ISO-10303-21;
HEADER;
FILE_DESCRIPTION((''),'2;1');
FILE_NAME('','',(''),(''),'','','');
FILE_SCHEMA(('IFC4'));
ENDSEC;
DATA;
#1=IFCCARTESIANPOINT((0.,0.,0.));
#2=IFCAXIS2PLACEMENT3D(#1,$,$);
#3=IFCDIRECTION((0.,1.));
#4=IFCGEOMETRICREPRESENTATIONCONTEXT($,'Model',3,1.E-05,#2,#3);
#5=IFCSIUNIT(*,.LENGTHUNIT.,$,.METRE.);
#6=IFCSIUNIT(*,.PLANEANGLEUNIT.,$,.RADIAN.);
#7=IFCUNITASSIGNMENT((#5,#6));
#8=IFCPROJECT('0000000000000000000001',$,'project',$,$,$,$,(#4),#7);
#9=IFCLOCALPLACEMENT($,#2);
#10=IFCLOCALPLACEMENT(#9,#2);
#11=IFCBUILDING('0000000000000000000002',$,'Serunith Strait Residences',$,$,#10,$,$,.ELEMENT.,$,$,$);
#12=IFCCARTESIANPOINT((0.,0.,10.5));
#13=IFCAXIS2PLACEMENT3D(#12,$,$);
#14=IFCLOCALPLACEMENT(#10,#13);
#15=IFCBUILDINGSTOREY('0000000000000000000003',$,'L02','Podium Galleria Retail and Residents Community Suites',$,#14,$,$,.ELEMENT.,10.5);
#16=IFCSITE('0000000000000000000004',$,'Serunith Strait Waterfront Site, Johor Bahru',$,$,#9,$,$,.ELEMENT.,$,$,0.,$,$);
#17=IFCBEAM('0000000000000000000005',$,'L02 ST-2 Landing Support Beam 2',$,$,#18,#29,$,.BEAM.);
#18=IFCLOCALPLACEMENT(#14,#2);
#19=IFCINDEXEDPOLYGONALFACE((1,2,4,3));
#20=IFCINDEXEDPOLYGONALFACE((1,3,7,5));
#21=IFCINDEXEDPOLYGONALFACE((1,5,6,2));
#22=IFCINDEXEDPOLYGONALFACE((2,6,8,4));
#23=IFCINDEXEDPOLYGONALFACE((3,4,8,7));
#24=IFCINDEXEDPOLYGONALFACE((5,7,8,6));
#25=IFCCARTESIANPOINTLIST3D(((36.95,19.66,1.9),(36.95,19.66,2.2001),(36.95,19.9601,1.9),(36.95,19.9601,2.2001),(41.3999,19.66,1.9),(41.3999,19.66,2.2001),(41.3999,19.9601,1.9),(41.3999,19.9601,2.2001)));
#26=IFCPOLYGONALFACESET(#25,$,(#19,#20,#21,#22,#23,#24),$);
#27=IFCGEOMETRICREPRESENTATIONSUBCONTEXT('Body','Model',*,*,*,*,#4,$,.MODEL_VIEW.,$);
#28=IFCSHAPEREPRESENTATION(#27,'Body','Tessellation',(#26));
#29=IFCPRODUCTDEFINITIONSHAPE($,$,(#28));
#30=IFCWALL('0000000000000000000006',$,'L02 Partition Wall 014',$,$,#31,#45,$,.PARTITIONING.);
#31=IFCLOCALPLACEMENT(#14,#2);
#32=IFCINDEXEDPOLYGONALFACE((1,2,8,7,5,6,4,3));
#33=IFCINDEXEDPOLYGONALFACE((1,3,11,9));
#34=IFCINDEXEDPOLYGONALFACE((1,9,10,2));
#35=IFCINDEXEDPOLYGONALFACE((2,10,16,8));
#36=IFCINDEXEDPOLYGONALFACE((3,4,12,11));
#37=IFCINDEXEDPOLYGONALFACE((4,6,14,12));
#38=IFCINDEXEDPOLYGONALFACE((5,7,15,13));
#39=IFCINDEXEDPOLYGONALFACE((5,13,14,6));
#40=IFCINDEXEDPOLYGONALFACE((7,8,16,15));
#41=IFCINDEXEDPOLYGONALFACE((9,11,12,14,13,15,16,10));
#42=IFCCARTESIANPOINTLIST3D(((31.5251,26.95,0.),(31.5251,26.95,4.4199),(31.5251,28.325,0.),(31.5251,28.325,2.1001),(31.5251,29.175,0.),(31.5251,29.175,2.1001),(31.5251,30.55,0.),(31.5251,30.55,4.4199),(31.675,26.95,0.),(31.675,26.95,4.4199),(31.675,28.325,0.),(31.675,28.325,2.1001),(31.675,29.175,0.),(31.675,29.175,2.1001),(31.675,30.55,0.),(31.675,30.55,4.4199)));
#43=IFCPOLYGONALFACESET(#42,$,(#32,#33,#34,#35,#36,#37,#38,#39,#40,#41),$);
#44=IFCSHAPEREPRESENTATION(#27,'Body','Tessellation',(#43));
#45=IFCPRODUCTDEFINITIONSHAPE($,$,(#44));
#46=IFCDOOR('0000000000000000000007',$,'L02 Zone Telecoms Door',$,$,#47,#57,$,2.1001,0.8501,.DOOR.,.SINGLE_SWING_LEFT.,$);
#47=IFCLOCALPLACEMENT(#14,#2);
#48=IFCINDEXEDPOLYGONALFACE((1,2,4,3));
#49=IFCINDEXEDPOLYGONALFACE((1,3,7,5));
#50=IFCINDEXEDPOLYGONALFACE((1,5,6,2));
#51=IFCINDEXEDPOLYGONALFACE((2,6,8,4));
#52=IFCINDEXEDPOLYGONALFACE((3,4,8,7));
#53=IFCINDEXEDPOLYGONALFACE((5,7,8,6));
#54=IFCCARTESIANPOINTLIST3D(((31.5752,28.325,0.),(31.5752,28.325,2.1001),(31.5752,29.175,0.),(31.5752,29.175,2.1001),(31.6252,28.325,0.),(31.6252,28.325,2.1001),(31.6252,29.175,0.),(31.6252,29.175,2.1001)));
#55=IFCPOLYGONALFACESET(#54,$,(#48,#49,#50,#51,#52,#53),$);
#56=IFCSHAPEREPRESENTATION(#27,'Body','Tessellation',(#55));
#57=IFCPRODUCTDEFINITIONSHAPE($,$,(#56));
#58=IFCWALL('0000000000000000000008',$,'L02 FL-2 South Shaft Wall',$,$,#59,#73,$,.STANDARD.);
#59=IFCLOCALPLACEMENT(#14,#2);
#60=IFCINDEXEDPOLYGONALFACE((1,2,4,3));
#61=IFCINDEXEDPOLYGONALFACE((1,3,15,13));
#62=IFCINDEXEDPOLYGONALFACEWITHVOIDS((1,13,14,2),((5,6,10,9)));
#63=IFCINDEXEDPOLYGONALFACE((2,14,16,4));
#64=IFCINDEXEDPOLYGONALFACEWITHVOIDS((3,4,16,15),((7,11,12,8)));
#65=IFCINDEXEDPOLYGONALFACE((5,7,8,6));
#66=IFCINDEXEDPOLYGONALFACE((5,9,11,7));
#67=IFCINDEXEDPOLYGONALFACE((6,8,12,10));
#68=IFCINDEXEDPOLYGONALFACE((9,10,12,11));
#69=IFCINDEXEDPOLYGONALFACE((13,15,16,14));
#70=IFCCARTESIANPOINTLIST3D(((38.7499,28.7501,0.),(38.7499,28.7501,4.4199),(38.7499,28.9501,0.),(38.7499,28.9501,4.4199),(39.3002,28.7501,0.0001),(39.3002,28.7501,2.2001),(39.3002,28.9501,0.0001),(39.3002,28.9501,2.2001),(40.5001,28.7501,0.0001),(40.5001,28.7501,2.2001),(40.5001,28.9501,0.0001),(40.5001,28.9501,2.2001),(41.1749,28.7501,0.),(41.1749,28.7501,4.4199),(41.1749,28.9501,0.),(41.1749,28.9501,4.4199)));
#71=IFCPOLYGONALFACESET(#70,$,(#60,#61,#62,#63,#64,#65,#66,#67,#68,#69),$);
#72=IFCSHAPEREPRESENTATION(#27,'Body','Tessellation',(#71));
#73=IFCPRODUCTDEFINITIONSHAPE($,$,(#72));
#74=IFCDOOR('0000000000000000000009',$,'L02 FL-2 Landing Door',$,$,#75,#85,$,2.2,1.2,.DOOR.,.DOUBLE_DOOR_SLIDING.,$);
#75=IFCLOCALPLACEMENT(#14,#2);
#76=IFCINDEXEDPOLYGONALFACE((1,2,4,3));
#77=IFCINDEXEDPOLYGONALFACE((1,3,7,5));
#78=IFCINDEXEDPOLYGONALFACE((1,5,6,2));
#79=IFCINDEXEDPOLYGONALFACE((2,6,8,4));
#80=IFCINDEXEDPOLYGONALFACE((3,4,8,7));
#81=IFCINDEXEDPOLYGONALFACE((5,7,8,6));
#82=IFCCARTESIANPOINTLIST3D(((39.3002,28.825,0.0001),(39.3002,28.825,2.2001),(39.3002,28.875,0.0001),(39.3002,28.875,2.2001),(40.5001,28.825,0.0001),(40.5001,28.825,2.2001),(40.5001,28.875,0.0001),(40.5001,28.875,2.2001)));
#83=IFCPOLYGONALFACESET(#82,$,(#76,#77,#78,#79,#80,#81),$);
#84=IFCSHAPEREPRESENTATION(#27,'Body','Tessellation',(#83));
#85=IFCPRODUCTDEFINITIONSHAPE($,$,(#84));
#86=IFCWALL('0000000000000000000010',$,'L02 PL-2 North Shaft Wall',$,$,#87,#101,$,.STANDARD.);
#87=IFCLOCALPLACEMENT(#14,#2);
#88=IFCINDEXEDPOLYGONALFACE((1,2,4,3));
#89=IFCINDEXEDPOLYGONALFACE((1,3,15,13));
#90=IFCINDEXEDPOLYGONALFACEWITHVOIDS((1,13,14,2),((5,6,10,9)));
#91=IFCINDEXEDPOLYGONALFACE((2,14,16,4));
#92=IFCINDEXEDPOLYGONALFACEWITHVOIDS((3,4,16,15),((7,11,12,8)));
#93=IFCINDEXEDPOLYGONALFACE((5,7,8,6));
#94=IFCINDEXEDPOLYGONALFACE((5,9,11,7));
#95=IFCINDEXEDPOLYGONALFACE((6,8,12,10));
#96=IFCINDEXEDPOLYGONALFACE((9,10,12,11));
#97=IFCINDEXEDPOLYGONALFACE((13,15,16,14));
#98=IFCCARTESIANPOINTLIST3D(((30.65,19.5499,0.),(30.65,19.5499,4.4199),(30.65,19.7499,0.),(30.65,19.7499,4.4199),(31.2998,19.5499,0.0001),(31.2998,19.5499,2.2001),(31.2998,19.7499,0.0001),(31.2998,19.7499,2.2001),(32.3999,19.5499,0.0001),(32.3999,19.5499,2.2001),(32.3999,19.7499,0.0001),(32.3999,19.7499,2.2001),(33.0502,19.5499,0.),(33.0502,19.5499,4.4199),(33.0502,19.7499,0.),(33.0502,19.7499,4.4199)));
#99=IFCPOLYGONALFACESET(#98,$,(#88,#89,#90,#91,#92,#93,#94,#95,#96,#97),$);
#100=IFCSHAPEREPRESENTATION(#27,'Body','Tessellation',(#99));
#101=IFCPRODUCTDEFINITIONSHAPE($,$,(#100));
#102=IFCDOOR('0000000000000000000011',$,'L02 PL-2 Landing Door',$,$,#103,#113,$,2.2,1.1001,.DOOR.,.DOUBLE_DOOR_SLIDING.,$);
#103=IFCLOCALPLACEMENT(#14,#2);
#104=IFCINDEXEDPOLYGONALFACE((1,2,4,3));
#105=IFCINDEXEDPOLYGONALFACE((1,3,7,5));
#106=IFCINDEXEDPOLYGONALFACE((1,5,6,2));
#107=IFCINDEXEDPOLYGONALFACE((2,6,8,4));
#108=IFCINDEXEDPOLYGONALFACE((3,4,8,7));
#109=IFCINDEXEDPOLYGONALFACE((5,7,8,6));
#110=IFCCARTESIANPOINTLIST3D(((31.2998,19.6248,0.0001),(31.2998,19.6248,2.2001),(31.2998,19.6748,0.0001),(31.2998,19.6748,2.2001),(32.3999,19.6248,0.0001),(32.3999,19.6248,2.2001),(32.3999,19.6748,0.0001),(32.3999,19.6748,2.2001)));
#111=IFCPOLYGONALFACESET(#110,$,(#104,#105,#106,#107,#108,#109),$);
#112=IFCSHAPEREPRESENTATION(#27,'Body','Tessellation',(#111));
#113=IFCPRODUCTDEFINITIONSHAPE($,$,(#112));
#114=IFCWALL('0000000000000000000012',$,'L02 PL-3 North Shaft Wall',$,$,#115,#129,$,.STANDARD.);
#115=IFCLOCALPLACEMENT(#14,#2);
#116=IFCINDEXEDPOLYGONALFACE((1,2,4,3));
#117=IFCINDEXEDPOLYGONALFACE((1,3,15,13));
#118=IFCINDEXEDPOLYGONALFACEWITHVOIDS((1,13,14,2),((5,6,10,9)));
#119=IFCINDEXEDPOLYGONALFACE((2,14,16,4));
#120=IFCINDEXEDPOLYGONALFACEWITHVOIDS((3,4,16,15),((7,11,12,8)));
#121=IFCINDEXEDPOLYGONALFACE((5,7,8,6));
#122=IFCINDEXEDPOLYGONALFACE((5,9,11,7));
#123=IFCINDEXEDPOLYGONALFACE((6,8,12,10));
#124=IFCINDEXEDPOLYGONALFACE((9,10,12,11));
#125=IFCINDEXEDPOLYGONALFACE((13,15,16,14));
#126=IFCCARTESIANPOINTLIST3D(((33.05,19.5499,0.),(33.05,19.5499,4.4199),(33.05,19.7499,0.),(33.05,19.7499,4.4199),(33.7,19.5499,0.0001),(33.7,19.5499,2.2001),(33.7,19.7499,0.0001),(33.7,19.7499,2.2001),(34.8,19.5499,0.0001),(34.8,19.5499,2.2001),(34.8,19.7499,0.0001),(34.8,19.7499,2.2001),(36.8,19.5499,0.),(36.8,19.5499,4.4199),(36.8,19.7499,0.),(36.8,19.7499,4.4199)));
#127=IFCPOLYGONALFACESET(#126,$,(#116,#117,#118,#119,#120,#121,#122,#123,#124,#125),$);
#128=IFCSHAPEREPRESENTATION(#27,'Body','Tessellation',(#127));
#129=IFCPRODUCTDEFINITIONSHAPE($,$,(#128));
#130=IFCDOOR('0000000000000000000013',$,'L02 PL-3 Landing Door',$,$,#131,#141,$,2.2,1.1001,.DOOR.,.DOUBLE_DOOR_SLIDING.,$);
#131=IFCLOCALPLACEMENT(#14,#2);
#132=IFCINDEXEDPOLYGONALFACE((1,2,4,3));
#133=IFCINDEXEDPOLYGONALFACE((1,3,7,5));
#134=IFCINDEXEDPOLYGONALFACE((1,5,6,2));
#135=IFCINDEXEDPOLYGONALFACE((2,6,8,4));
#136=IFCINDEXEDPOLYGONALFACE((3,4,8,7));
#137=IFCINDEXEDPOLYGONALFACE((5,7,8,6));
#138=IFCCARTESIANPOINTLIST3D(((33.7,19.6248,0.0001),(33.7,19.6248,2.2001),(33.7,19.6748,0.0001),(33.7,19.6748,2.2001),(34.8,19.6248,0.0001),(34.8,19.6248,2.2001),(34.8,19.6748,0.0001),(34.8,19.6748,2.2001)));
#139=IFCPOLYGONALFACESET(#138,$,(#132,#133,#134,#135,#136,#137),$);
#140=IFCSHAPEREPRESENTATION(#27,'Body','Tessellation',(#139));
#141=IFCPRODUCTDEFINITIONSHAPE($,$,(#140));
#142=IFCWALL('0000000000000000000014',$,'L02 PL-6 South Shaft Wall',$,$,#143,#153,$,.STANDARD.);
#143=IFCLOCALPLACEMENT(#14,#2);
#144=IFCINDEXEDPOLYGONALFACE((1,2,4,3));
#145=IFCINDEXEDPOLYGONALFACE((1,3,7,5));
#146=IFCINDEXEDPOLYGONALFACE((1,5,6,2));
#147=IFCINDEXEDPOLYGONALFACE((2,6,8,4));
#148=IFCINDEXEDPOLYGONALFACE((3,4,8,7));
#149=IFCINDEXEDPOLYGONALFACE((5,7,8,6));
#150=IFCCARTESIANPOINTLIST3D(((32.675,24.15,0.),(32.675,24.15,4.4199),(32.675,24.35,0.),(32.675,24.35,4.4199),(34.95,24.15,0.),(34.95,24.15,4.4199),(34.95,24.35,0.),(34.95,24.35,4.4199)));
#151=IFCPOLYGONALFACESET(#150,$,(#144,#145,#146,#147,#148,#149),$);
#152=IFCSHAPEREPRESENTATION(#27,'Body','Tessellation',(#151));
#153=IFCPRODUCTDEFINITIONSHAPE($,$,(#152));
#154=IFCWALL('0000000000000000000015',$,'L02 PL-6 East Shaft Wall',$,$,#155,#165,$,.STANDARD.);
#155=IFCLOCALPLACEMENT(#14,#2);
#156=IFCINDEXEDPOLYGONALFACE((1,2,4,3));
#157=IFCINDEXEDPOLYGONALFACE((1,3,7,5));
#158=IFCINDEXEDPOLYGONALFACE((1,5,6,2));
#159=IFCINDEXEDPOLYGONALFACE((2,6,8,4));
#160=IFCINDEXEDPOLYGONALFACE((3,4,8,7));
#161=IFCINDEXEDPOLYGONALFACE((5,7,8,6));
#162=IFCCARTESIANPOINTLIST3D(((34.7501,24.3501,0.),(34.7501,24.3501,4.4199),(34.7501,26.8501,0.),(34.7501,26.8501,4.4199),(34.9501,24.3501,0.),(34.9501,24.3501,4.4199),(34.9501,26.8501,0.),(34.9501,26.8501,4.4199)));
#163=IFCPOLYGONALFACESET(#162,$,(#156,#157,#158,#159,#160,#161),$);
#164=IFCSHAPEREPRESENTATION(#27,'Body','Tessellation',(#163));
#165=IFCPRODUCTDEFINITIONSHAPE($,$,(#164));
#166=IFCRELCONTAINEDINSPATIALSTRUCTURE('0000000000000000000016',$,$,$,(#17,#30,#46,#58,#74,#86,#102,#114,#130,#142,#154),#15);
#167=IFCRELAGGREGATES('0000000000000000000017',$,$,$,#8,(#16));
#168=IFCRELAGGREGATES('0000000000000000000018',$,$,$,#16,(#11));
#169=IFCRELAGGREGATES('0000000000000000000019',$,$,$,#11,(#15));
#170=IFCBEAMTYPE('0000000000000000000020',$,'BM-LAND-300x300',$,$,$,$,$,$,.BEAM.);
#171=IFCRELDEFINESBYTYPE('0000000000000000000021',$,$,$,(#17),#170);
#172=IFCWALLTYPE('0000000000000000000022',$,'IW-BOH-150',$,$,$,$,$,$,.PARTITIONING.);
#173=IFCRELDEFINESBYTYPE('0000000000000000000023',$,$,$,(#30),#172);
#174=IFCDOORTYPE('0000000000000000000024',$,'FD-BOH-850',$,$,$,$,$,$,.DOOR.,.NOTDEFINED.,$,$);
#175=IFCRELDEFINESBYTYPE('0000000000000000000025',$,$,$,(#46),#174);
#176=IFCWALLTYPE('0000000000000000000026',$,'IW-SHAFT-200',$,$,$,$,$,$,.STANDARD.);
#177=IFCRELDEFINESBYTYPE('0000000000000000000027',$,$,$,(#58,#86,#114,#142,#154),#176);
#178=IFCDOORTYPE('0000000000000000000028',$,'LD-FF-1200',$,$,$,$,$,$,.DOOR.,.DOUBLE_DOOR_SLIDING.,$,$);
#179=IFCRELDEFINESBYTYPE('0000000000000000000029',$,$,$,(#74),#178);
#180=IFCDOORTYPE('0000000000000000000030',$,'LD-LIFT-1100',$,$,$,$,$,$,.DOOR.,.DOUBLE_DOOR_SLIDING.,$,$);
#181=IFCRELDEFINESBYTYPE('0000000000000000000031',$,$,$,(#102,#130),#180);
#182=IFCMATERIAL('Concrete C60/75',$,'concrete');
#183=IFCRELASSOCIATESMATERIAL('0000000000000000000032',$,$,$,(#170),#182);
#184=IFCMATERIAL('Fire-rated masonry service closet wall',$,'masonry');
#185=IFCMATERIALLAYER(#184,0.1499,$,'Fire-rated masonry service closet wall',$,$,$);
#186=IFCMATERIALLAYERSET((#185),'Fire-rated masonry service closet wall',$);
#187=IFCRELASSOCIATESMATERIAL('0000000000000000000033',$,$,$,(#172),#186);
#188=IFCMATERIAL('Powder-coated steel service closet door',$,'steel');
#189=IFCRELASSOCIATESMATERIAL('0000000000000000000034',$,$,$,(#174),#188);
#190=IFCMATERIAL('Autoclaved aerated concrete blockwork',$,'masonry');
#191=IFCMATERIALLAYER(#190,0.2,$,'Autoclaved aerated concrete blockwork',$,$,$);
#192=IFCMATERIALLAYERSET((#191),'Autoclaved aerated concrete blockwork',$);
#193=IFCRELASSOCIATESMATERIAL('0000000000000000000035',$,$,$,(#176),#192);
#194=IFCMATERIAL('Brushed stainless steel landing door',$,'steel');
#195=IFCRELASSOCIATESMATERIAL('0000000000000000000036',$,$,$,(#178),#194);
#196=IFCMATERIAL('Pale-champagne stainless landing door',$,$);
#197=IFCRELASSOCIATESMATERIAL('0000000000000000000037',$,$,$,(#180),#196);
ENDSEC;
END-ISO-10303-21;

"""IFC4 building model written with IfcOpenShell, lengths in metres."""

from ifc_helpers import new_model, si_unit, direction, frame, frame_2d, origin, origin_2d, place, context, subcontext, project, spatial, rectangle, extrude, source, transform, mapped, material, layer, layer_set, material_profile, profile_set, type_object, element, fill, save


model = new_model("IFC4")

# Units and contexts
model_context = context("Model", 3, precision=1e-05, world=origin(), true_north=direction((0.0, 1.0)))
body_context = subcontext(model_context, "Body", "Model", "MODEL_VIEW")
ifc_project = project(units=[si_unit("LENGTHUNIT", "METRE"), si_unit("PLANEANGLEUNIT", "RADIAN")], contexts=[model_context])

# Site, building, storey
site_placement = place(None, origin())
site = spatial("IfcSite", under=ifc_project, at=site_placement, Name="Serunith Strait Waterfront Site, Johor Bahru", CompositionType="ELEMENT", RefElevation=0.0)
building_placement = place(site_placement, origin())
building = spatial("IfcBuilding", under=site, at=building_placement, Name="Serunith Strait Residences", CompositionType="ELEMENT")
storey_placement = place(building_placement, frame((0.0, 0.0, 10.5)))
storey = spatial("IfcBuildingStorey", under=building, at=storey_placement, Name="L02", Description="Podium Galleria Retail and Residents Community Suites", CompositionType="ELEMENT", Elevation=10.5)

# Beam
ifc_material_1 = material(Name="Concrete C60/75", Category="concrete")
ifc_material_profile = material_profile(ifc_material_1, rectangle(XDim=0.3, YDim=0.3, at=origin_2d()), Name="RC 300x300")
ifc_profile_set = profile_set([ifc_material_profile], Name="Concrete C60/75")
beam_type = type_object("IfcBeamType", Name="BM-LAND-300x300", PredefinedType="BEAM", material=ifc_profile_set)
shared_shape_1 = source(origin(), body_context, "Body", "SweptSolid", [
    extrude(rectangle(XDim=0.3, YDim=0.3, at=origin_2d()), origin(), (0.0, 0.0, 1.0), 4.45),
])
beam_placement = place(storey_placement, frame((36.95, 19.8101, 2.05), z_axis=(1.0, 0.0, 0.0), x_axis=(0.0, 1.0, 0.0)))
element("IfcBeam", 1, at=beam_placement, inside=storey, type_object=beam_type, Name="L02 ST-2 Landing Support Beam 2", PredefinedType="BEAM", context=body_context, shape_type="MappedRepresentation", body=[
    mapped(shared_shape_1, transform((0.0, 0.0, 0.0), scale=1.0)),
])

# Walls, openings, doors
ifc_material_2 = material(Name="Fire-rated masonry service closet wall", Category="masonry")
ifc_layer_1 = layer(ifc_material_2, 0.1499, Name="Fire-rated masonry service closet wall")
ifc_layer_set_1 = layer_set([ifc_layer_1], Name="Fire-rated masonry service closet wall")
wall_type_1 = type_object("IfcWallType", Name="IW-BOH-150", PredefinedType="PARTITIONING", material=ifc_layer_set_1)
wall_1_placement = place(storey_placement, frame((31.6001, 26.95, 0.0), z_axis=(0.0, 0.0, 1.0), x_axis=(0.0, 1.0, 0.0)))
wall_1 = element("IfcWall", 2, at=wall_1_placement, inside=storey, type_object=wall_type_1, Name="L02 Partition Wall 014", PredefinedType="PARTITIONING", context=body_context, shape_type="SweptSolid", body=[
    extrude(rectangle(XDim=3.6001, YDim=0.1499, at=frame_2d((1.8, 0.0))), origin(), (0.0, 0.0, 1.0), 4.4199),
])
opening_1_placement = place(wall_1_placement, frame((1.375, 0.0, 0.0)))
opening_1 = element("IfcOpeningElement", 3, at=opening_1_placement, cuts=wall_1, PredefinedType="OPENING", context=body_context, shape_type="SweptSolid", body=[
    extrude(rectangle(XDim=0.8501, YDim=2.1001, at=frame_2d((0.425, 1.05))), frame((0.0, 0.085, 0.0), z_axis=(0.0, -1.0, 0.0), x_axis=(1.0, 0.0, 0.0)), (0.0, 0.0, 1.0), 0.1699),
])
ifc_material_3 = material(Name="Powder-coated steel service closet door", Category="steel")
door_type_1 = type_object("IfcDoorType", Name="FD-BOH-850", OperationType="NOTDEFINED", PredefinedType="DOOR", material=ifc_material_3)
shared_shape_2 = source(origin(), body_context, "Body", "SweptSolid", [
    extrude(rectangle(XDim=0.8501, YDim=2.1001, at=frame_2d((0.425, 1.05))), frame((0.0, 0.0249, 0.0), z_axis=(0.0, -1.0, 0.0), x_axis=(1.0, 0.0, 0.0)), (0.0, 0.0, 1.0), 0.05),
])
door_1_placement = place(opening_1_placement, origin())
door_1 = element("IfcDoor", 4, at=door_1_placement, inside=storey, type_object=door_type_1, Name="L02 Zone Telecoms Door", OperationType="SINGLE_SWING_LEFT", OverallHeight=2.1001, OverallWidth=0.8501, PredefinedType="DOOR", context=body_context, shape_type="MappedRepresentation", body=[
    mapped(shared_shape_2, transform((0.0, 0.0, 0.0), scale=1.0)),
])
fill(opening_1, door_1)
ifc_material_4 = material(Name="Autoclaved aerated concrete blockwork", Category="masonry")
ifc_layer_2 = layer(ifc_material_4, 0.2, Name="Autoclaved aerated concrete blockwork")
ifc_layer_set_2 = layer_set([ifc_layer_2], Name="Autoclaved aerated concrete blockwork")
wall_type_2 = type_object("IfcWallType", Name="IW-SHAFT-200", PredefinedType="STANDARD", material=ifc_layer_set_2)
wall_2_placement = place(storey_placement, frame((38.75, 28.8501, 0.0), z_axis=(0.0, 0.0, 1.0), x_axis=(1.0, 0.0, 0.0)))
wall_2 = element("IfcWall", 5, at=wall_2_placement, inside=storey, type_object=wall_type_2, Name="L02 FL-2 South Shaft Wall", PredefinedType="STANDARD", context=body_context, shape_type="SweptSolid", body=[
    extrude(rectangle(XDim=2.425, YDim=0.2, at=frame_2d((1.2124, 0.0))), origin(), (0.0, 0.0, 1.0), 4.4199),
])
opening_2_placement = place(wall_2_placement, frame((0.55, 0.0, 0.0)))
opening_2 = element("IfcOpeningElement", 6, at=opening_2_placement, cuts=wall_2, PredefinedType="OPENING", context=body_context, shape_type="SweptSolid", body=[
    extrude(rectangle(XDim=1.2, YDim=2.2, at=frame_2d((0.6001, 1.1001))), frame((0.0, 0.1099, 0.0), z_axis=(0.0, -1.0, 0.0), x_axis=(1.0, 0.0, 0.0)), (0.0, 0.0, 1.0), 0.22),
])
ifc_material_5 = material(Name="Brushed stainless steel landing door", Category="steel")
door_type_2 = type_object("IfcDoorType", Name="LD-FF-1200", OperationType="DOUBLE_DOOR_SLIDING", PredefinedType="DOOR", material=ifc_material_5)
shared_shape_3 = source(origin(), body_context, "Body", "SweptSolid", [
    extrude(rectangle(XDim=1.2, YDim=2.2, at=frame_2d((0.6001, 1.1001))), frame((0.0, 0.0249, 0.0), z_axis=(0.0, -1.0, 0.0), x_axis=(1.0, 0.0, 0.0)), (0.0, 0.0, 1.0), 0.05),
])
door_2_placement = place(opening_2_placement, origin())
door_2 = element("IfcDoor", 7, at=door_2_placement, inside=storey, type_object=door_type_2, Name="L02 FL-2 Landing Door", OperationType="DOUBLE_DOOR_SLIDING", OverallHeight=2.2, OverallWidth=1.2, PredefinedType="DOOR", context=body_context, shape_type="MappedRepresentation", body=[
    mapped(shared_shape_3, transform((0.0, 0.0, 0.0), scale=1.0)),
])
fill(opening_2, door_2)
wall_3_placement = place(storey_placement, frame((30.6499, 19.6499, 0.0), z_axis=(0.0, 0.0, 1.0), x_axis=(1.0, 0.0, 0.0)))
wall_3 = element("IfcWall", 8, at=wall_3_placement, inside=storey, type_object=wall_type_2, Name="L02 PL-2 North Shaft Wall", PredefinedType="STANDARD", context=body_context, shape_type="SweptSolid", body=[
    extrude(rectangle(XDim=2.4001, YDim=0.2, at=frame_2d((1.2002, 0.0))), origin(), (0.0, 0.0, 1.0), 4.4199),
])
opening_3_placement = place(wall_3_placement, frame((0.6499, 0.0, 0.0)))
opening_3 = element("IfcOpeningElement", 9, at=opening_3_placement, cuts=wall_3, PredefinedType="OPENING", context=body_context, shape_type="SweptSolid", body=[
    extrude(rectangle(XDim=1.1001, YDim=2.2, at=frame_2d((0.55, 1.1001))), frame((0.0, 0.1099, 0.0), z_axis=(0.0, -1.0, 0.0), x_axis=(1.0, 0.0, 0.0)), (0.0, 0.0, 1.0), 0.22),
])
ifc_material_6 = material(Name="Pale-champagne stainless landing door")
door_type_3 = type_object("IfcDoorType", Name="LD-LIFT-1100", OperationType="DOUBLE_DOOR_SLIDING", PredefinedType="DOOR", material=ifc_material_6)
shared_shape_4 = source(origin(), body_context, "Body", "SweptSolid", [
    extrude(rectangle(XDim=1.1001, YDim=2.2, at=frame_2d((0.55, 1.1001))), frame((0.0, 0.0249, 0.0), z_axis=(0.0, -1.0, 0.0), x_axis=(1.0, 0.0, 0.0)), (0.0, 0.0, 1.0), 0.05),
])
door_3_placement = place(opening_3_placement, origin())
door_3 = element("IfcDoor", 10, at=door_3_placement, inside=storey, type_object=door_type_3, Name="L02 PL-2 Landing Door", OperationType="DOUBLE_DOOR_SLIDING", OverallHeight=2.2, OverallWidth=1.1001, PredefinedType="DOOR", context=body_context, shape_type="MappedRepresentation", body=[
    mapped(shared_shape_4, transform((0.0, 0.0, 0.0), scale=1.0)),
])
fill(opening_3, door_3)
wall_4_placement = place(storey_placement, frame((33.05, 19.6499, 0.0), z_axis=(0.0, 0.0, 1.0), x_axis=(1.0, 0.0, 0.0)))
wall_4 = element("IfcWall", 11, at=wall_4_placement, inside=storey, type_object=wall_type_2, Name="L02 PL-3 North Shaft Wall", PredefinedType="STANDARD", context=body_context, shape_type="SweptSolid", body=[
    extrude(rectangle(XDim=3.75, YDim=0.2, at=frame_2d((1.875, 0.0))), origin(), (0.0, 0.0, 1.0), 4.4199),
])
opening_4_placement = place(wall_4_placement, frame((0.6499, 0.0, 0.0)))
opening_4 = element("IfcOpeningElement", 12, at=opening_4_placement, cuts=wall_4, PredefinedType="OPENING", context=body_context, shape_type="SweptSolid", body=[
    extrude(rectangle(XDim=1.1001, YDim=2.2, at=frame_2d((0.55, 1.1001))), frame((0.0, 0.1099, 0.0), z_axis=(0.0, -1.0, 0.0), x_axis=(1.0, 0.0, 0.0)), (0.0, 0.0, 1.0), 0.22),
])
door_4_placement = place(opening_4_placement, origin())
door_4 = element("IfcDoor", 13, at=door_4_placement, inside=storey, type_object=door_type_3, Name="L02 PL-3 Landing Door", OperationType="DOUBLE_DOOR_SLIDING", OverallHeight=2.2, OverallWidth=1.1001, PredefinedType="DOOR", context=body_context, shape_type="MappedRepresentation", body=[
    mapped(shared_shape_4, transform((0.0, 0.0, 0.0), scale=1.0)),
])
fill(opening_4, door_4)

# Walls
wall_5_placement = place(storey_placement, frame((32.675, 24.25, 0.0), z_axis=(0.0, 0.0, 1.0), x_axis=(1.0, 0.0, 0.0)))
element("IfcWall", 14, at=wall_5_placement, inside=storey, type_object=wall_type_2, Name="L02 PL-6 South Shaft Wall", PredefinedType="STANDARD", context=body_context, shape_type="SweptSolid", body=[
    extrude(rectangle(XDim=2.2749, YDim=0.2, at=frame_2d((1.1375, 0.0))), origin(), (0.0, 0.0, 1.0), 4.4199),
])
wall_6_placement = place(storey_placement, frame((34.8501, 24.3501, 0.0), z_axis=(0.0, 0.0, 1.0), x_axis=(0.0, 1.0, 0.0)))
element("IfcWall", 15, at=wall_6_placement, inside=storey, type_object=wall_type_2, Name="L02 PL-6 East Shaft Wall", PredefinedType="STANDARD", context=body_context, shape_type="SweptSolid", body=[
    extrude(rectangle(XDim=2.5, YDim=0.2, at=frame_2d((1.25, 0.0))), origin(), (0.0, 0.0, 1.0), 4.4199),
])

save(model, "model.ifc")
